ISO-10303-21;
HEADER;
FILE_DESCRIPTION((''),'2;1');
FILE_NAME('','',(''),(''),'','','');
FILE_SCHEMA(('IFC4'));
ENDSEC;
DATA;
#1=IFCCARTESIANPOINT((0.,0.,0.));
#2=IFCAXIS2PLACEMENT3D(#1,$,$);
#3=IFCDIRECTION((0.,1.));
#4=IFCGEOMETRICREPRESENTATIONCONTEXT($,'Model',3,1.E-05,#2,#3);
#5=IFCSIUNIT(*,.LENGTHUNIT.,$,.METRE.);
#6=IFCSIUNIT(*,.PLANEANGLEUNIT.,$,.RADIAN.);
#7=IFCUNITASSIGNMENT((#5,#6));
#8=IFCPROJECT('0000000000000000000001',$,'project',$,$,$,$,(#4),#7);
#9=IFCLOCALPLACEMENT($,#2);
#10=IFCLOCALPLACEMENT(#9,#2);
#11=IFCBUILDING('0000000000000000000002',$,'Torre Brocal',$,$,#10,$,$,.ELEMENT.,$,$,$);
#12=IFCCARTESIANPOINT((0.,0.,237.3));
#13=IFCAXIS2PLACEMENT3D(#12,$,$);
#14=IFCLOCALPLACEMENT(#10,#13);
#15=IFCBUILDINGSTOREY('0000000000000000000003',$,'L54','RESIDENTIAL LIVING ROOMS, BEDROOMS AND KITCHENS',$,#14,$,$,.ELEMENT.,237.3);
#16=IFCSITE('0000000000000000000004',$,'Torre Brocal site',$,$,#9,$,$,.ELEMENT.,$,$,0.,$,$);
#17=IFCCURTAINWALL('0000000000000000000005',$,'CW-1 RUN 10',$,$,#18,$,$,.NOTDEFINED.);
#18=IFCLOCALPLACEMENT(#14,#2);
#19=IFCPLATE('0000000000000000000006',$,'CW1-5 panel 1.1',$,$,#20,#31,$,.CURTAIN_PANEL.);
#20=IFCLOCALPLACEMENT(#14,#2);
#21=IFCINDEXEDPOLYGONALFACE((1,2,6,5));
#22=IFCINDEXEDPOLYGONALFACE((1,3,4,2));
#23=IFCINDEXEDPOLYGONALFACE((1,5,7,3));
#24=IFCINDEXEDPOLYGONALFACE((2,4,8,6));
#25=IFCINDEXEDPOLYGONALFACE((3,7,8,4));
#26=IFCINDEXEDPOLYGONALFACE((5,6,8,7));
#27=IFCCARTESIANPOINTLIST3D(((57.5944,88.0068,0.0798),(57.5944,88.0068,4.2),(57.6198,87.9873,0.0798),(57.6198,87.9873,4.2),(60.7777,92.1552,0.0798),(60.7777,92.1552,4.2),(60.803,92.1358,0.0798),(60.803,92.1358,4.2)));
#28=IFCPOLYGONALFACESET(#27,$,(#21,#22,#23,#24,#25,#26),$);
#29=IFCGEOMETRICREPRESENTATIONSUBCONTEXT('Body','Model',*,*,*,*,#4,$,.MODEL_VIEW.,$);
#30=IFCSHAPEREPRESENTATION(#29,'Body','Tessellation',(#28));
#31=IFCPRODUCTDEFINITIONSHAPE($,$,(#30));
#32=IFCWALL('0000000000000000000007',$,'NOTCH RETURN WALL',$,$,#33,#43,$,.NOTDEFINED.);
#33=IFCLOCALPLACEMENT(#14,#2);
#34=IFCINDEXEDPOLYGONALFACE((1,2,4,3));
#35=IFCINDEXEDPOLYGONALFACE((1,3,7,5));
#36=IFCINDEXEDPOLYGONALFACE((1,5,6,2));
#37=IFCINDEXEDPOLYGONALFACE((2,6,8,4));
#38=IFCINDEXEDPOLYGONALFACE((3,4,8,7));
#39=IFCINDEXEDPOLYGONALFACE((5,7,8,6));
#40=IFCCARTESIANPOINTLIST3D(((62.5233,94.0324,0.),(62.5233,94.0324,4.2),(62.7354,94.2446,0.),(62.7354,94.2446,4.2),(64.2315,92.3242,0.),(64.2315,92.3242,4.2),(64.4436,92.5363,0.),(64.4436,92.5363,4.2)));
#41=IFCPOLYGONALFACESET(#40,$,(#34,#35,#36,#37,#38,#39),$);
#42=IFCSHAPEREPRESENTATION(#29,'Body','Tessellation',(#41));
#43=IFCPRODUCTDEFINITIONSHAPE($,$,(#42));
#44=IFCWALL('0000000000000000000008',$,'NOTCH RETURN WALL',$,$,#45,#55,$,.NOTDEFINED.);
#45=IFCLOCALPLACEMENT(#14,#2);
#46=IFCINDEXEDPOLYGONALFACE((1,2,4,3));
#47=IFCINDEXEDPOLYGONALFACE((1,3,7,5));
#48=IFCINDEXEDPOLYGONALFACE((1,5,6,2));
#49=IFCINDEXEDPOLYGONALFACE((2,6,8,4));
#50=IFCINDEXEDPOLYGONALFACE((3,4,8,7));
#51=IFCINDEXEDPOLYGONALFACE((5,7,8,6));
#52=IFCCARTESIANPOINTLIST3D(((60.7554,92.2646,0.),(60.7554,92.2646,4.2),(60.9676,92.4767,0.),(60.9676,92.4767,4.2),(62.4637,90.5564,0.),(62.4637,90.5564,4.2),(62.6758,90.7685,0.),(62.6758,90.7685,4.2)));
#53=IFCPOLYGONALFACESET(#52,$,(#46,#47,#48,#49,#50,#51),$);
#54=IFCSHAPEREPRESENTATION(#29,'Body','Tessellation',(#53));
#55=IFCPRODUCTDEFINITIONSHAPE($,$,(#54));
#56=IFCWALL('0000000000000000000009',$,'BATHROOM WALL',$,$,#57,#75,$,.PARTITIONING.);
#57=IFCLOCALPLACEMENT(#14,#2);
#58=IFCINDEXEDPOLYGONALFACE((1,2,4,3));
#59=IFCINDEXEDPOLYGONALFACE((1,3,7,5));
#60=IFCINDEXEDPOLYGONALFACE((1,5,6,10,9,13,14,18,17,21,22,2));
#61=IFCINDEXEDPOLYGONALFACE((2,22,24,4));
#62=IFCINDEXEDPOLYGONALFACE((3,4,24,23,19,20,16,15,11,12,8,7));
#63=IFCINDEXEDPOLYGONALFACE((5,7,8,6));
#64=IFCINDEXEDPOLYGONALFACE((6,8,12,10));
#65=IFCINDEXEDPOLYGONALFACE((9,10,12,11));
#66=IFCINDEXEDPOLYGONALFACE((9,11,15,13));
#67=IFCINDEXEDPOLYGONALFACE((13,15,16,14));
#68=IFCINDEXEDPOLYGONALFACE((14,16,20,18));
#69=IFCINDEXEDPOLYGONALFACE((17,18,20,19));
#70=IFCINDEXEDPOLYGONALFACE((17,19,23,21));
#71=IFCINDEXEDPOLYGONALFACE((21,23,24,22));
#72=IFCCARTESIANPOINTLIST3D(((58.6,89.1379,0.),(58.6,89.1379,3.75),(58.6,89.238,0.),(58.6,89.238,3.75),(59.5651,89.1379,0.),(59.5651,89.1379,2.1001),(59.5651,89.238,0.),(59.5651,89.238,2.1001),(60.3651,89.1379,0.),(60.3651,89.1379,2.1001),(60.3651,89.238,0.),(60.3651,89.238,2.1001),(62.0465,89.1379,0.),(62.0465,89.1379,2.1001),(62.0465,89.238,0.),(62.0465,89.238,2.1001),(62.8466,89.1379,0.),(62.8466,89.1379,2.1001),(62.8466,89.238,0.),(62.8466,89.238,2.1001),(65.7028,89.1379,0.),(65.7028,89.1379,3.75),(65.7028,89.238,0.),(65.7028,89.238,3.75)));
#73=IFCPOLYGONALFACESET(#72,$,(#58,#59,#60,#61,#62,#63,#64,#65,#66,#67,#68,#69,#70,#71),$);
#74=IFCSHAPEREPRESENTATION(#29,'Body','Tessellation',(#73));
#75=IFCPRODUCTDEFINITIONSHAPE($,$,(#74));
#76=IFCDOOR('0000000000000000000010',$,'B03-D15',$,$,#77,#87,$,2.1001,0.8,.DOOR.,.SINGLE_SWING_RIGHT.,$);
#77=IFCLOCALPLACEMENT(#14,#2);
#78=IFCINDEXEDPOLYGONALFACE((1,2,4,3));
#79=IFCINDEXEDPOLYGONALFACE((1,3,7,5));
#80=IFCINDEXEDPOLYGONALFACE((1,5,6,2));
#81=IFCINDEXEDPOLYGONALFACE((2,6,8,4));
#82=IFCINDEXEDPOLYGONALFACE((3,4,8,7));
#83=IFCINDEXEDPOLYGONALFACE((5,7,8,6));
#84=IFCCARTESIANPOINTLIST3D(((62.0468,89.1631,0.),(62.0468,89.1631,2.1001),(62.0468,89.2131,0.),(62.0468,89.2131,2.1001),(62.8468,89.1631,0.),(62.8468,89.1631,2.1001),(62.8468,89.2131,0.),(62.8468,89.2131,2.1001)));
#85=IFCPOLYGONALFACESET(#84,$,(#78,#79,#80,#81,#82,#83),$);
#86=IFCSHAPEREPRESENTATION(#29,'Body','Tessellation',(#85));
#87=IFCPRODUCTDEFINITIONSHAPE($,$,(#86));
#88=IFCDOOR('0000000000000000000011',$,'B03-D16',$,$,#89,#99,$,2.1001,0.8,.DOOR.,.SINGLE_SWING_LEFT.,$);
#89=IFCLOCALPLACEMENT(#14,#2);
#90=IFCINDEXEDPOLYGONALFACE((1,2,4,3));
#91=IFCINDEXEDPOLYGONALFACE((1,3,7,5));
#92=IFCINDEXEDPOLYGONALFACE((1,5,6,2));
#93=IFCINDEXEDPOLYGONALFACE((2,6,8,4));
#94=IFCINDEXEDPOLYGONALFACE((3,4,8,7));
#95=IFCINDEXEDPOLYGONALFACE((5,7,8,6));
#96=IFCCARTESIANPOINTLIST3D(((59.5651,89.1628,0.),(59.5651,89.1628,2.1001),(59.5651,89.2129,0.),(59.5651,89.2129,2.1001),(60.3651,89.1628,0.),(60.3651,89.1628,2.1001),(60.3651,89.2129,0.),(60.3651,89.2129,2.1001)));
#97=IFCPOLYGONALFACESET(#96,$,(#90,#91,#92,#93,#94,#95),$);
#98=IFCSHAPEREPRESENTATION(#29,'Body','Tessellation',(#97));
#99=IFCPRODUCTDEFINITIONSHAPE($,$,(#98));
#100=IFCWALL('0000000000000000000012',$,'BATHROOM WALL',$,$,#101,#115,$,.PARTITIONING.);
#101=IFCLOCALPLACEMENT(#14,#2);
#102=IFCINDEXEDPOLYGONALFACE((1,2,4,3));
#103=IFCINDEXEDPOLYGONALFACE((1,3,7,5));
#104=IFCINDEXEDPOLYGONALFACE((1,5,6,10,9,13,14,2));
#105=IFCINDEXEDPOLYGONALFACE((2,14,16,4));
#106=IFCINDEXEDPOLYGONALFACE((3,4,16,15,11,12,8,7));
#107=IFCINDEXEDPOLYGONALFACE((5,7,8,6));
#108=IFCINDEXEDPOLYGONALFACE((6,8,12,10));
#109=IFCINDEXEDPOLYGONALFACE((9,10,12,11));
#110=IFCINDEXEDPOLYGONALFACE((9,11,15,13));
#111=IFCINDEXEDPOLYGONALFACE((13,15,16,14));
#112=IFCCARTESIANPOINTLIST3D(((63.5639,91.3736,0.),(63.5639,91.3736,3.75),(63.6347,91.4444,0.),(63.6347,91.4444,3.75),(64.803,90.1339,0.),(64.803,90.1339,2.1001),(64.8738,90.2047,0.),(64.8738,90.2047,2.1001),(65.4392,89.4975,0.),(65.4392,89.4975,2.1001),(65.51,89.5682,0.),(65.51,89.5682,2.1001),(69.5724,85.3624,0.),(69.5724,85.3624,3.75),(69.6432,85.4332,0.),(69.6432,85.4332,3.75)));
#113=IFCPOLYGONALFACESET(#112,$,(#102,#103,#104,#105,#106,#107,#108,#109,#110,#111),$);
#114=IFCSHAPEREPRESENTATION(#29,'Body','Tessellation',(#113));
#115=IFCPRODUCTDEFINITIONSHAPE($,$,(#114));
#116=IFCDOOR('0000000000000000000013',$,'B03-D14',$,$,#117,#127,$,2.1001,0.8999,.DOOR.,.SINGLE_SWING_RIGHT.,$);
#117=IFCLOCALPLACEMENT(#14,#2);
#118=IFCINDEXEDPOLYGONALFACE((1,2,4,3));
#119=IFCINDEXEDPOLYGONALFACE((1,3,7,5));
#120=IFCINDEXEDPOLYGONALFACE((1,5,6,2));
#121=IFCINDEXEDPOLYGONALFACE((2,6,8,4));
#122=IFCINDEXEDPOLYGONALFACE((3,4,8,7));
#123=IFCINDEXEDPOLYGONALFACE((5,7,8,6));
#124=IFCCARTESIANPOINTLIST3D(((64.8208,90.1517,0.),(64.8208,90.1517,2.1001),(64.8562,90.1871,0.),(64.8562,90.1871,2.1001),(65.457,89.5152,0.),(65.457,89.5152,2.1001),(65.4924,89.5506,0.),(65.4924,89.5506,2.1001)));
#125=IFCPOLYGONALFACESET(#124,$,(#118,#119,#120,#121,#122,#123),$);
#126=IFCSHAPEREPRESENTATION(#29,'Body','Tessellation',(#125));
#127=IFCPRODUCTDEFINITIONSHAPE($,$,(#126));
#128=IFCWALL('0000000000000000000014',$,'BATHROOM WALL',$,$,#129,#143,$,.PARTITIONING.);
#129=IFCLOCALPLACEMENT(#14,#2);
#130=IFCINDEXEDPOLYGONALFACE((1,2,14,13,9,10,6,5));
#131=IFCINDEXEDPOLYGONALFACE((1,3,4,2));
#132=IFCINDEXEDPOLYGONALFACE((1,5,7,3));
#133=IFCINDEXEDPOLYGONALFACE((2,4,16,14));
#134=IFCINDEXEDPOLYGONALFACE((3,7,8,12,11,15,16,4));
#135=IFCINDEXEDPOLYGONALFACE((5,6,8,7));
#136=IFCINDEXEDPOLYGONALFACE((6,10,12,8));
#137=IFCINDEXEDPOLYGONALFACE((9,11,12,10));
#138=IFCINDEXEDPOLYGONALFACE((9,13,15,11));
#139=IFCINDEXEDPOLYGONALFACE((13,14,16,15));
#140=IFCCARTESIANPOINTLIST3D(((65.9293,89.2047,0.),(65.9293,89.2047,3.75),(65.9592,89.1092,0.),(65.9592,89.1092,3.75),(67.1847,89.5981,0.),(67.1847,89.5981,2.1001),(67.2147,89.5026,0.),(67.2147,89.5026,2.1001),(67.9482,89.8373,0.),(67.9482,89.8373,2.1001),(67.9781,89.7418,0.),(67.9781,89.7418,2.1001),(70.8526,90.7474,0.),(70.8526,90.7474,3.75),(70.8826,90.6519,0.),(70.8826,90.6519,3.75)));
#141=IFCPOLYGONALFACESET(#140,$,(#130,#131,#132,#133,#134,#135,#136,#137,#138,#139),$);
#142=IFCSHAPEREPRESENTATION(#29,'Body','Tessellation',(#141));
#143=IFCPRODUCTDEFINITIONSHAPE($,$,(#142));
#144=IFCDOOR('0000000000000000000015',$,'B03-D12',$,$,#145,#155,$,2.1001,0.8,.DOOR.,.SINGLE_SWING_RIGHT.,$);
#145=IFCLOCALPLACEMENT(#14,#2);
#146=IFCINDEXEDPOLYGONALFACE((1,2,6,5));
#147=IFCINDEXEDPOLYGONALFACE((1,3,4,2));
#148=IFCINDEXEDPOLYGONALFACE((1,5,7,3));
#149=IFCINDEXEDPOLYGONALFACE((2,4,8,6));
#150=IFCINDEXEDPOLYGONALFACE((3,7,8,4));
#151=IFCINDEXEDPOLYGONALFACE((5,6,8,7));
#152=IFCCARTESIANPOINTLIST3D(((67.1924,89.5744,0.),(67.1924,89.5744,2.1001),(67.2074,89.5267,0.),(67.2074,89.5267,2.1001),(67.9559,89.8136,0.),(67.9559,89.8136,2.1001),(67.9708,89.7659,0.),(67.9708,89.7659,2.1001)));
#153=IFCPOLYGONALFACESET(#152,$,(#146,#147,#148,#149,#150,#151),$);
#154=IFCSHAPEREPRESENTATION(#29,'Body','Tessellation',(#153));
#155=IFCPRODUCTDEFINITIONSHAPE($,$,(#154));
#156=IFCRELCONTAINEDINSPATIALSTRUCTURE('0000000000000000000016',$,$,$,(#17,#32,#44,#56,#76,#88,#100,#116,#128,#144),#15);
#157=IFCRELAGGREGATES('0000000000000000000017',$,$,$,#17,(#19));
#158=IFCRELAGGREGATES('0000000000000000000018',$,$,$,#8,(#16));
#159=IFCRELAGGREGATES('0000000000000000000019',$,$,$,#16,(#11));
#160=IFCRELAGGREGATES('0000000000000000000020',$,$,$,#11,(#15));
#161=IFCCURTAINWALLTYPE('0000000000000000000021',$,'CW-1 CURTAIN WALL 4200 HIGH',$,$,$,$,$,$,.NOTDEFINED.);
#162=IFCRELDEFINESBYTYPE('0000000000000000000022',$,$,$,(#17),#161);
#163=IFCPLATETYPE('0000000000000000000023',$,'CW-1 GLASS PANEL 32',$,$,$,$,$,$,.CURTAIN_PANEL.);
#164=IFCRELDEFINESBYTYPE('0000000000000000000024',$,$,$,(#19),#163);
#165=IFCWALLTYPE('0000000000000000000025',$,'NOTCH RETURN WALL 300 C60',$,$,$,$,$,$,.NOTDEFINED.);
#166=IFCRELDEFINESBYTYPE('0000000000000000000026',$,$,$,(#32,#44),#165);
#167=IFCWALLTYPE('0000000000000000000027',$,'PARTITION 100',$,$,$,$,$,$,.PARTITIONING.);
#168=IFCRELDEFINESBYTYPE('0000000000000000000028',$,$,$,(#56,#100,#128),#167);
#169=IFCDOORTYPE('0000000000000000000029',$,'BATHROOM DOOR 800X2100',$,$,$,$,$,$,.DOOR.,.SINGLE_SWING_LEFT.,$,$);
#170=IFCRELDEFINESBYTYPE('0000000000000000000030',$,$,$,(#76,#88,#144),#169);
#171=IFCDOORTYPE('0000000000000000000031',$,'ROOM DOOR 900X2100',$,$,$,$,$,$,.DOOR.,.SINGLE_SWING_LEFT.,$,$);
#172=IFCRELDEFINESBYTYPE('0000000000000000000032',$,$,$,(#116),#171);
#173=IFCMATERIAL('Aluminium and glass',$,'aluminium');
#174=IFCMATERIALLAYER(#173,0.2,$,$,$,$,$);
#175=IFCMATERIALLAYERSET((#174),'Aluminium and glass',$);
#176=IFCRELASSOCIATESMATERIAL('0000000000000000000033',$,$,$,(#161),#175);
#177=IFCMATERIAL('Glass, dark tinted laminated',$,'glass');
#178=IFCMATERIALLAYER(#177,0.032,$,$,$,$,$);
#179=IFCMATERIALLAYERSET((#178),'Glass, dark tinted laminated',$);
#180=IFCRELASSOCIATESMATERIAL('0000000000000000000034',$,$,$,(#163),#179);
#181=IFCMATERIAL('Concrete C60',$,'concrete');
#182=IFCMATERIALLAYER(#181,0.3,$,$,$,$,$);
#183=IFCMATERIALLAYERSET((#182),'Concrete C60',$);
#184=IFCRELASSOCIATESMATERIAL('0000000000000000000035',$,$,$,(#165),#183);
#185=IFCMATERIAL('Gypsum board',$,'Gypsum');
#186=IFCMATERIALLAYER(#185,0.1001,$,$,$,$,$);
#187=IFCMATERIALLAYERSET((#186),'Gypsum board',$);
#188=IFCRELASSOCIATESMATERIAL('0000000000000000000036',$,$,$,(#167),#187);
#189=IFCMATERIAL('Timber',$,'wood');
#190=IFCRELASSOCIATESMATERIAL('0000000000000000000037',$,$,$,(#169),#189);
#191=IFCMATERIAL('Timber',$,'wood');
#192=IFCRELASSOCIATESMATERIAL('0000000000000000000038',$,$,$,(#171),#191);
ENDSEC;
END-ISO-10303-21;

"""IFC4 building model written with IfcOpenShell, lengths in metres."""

from ifc_helpers import new_model, si_unit, direction, frame, frame_2d, origin, origin_2d, place, context, subcontext, project, spatial, rectangle, extrude, material, layer, layer_set, type_object, element, fill, aggregate, save


model = new_model("IFC4")

# Units and contexts
model_context = context("Model", 3, precision=1e-05, world=origin(), true_north=direction((0.0, 1.0)))
body_context = subcontext(model_context, "Body", "Model", "MODEL_VIEW")
ifc_project = project(units=[si_unit("LENGTHUNIT", "METRE"), si_unit("PLANEANGLEUNIT", "RADIAN")], contexts=[model_context])

# Site, building, storey
site_placement = place(None, origin())
site = spatial("IfcSite", under=ifc_project, at=site_placement, Name="Torre Brocal site", CompositionType="ELEMENT", RefElevation=0.0)
building_placement = place(site_placement, origin())
building = spatial("IfcBuilding", under=site, at=building_placement, Name="Torre Brocal", CompositionType="ELEMENT")
storey_placement = place(building_placement, frame((0.0, 0.0, 237.3)))
storey = spatial("IfcBuildingStorey", under=building, at=storey_placement, Name="L54", Description="RESIDENTIAL LIVING ROOMS, BEDROOMS AND KITCHENS", CompositionType="ELEMENT", Elevation=237.3)

# Shared definitions
ifc_material_1 = material(Name="Aluminium and glass", Category="aluminium")
ifc_layer_1 = layer(ifc_material_1, 0.2)
ifc_layer_set_1 = layer_set([ifc_layer_1], Name="Aluminium and glass")
curtain_wall_type = type_object("IfcCurtainWallType", Name="CW-1 CURTAIN WALL 4200 HIGH", PredefinedType="NOTDEFINED", material=ifc_layer_set_1)

# Curtain wall
curtain_wall_1_placement = place(storey_placement, origin())
curtain_wall_1 = element("IfcCurtainWall", 1, at=curtain_wall_1_placement, inside=storey, type_object=curtain_wall_type, Name="CW-1 RUN 10", PredefinedType="NOTDEFINED")

# Plate
ifc_material_2 = material(Name="Glass, dark tinted laminated", Category="glass")
ifc_layer_2 = layer(ifc_material_2, 0.032)
ifc_layer_set_2 = layer_set([ifc_layer_2], Name="Glass, dark tinted laminated")
plate_type = type_object("IfcPlateType", Name="CW-1 GLASS PANEL 32", PredefinedType="CURTAIN_PANEL", material=ifc_layer_set_2)
plate_1_placement = place(storey_placement, frame((59.1987, 90.0713, 0.0798), z_axis=(0.0, 0.0, 1.0), x_axis=(-0.608761, -0.793353, 0.0)))
plate_1 = element("IfcPlate", 2, at=plate_1_placement, type_object=plate_type, Name="CW1-5 panel 1.1", PredefinedType="CURTAIN_PANEL", context=body_context, shape_type="SweptSolid", body=[
    extrude(rectangle(XDim=5.229, YDim=0.032, at=origin_2d()), origin(), (0.0, 0.0, 1.0), 4.1201),
])
aggregate(curtain_wall_1, [plate_1])

# Walls
ifc_material_3 = material(Name="Concrete C60", Category="concrete")
ifc_layer_3 = layer(ifc_material_3, 0.3)
ifc_layer_set_3 = layer_set([ifc_layer_3], Name="Concrete C60")
wall_type_1 = type_object("IfcWallType", Name="NOTCH RETURN WALL 300 C60", PredefinedType="NOTDEFINED", material=ifc_layer_set_3)
for number, where, z_axis, x_axis, name in (
    (3, (64.3376, 92.4302, 0.0), (0.0, 0.0, 1.0), (-0.707107, 0.707107, 0.0), "NOTCH RETURN WALL"),
    (4, (62.5698, 90.6624, 0.0), (0.0, 0.0, 1.0), (-0.707107, 0.707107, 0.0), "NOTCH RETURN WALL"),
):
    element("IfcWall", number, at=place(storey_placement, frame(where, z_axis=z_axis, x_axis=x_axis)), inside=storey, type_object=wall_type_1, Name=name, PredefinedType="NOTDEFINED", context=body_context, shape_type="SweptSolid", body=[
        extrude(rectangle(XDim=2.4158, YDim=0.3, at=frame_2d((1.208, 0.0))), origin(), (0.0, 0.0, 1.0), 4.2),
    ])

# Wall, openings, doors
ifc_material_4 = material(Name="Gypsum board", Category="Gypsum")
ifc_layer_4 = layer(ifc_material_4, 0.1001)
ifc_layer_set_4 = layer_set([ifc_layer_4], Name="Gypsum board")
wall_type_2 = type_object("IfcWallType", Name="PARTITION 100", PredefinedType="PARTITIONING", material=ifc_layer_set_4)
wall_1_placement = place(storey_placement, frame((58.6001, 89.188, 0.0), z_axis=(0.0, 0.0, 1.0), x_axis=(1.0, 0.0, 0.0)))
wall_1 = element("IfcWall", 5, at=wall_1_placement, inside=storey, type_object=wall_type_2, Name="BATHROOM WALL", PredefinedType="PARTITIONING", context=body_context, shape_type="SweptSolid", body=[
    extrude(rectangle(XDim=7.1028, YDim=0.1001, at=frame_2d((3.5513, 0.0))), origin(), (0.0, 0.0, 1.0), 3.75),
])
opening_1_placement = place(wall_1_placement, frame((3.4465, 0.0, 0.0)))
opening_1 = element("IfcOpeningElement", 6, at=opening_1_placement, cuts=wall_1, PredefinedType="OPENING", context=body_context, shape_type="SweptSolid", body=[
    extrude(rectangle(XDim=0.8, YDim=2.1001, at=frame_2d((0.3999, 1.05))), frame((0.0, 0.0601, 0.0), z_axis=(0.0, -1.0, 0.0), x_axis=(1.0, 0.0, 0.0)), (0.0, 0.0, 1.0), 0.1201),
])
opening_2_placement = place(wall_1_placement, frame((0.9651, 0.0, 0.0)))
opening_2 = element("IfcOpeningElement", 7, at=opening_2_placement, cuts=wall_1, PredefinedType="OPENING", context=body_context, shape_type="SweptSolid", body=[
    extrude(rectangle(XDim=0.8, YDim=2.1001, at=frame_2d((0.3999, 1.05))), frame((0.0, 0.0601, 0.0), z_axis=(0.0, -1.0, 0.0), x_axis=(1.0, 0.0, 0.0)), (0.0, 0.0, 1.0), 0.1201),
])
ifc_material_5 = material(Name="Timber", Category="wood")
door_type_1 = type_object("IfcDoorType", Name="BATHROOM DOOR 800X2100", OperationType="SINGLE_SWING_LEFT", PredefinedType="DOOR", material=ifc_material_5)
door_1_placement = place(opening_1_placement, frame((0.8, 0.0, 0.0), z_axis=(0.0, 0.0, 1.0), x_axis=(-1.0, 0.0, 0.0)))
door_1 = element("IfcDoor", 8, at=door_1_placement, inside=storey, type_object=door_type_1, Name="B03-D15", OperationType="SINGLE_SWING_RIGHT", OverallHeight=2.1001, OverallWidth=0.8, PredefinedType="DOOR", context=body_context, shape_type="SweptSolid", body=[
    extrude(rectangle(XDim=0.8, YDim=2.1001, at=frame_2d((0.3999, 1.05))), frame((0.0, 0.0249, 0.0), z_axis=(0.0, -1.0, 0.0), x_axis=(1.0, 0.0, 0.0)), (0.0, 0.0, 1.0), 0.05),
])
fill(opening_1, door_1)
door_2_placement = place(opening_2_placement, origin())
door_2 = element("IfcDoor", 9, at=door_2_placement, inside=storey, type_object=door_type_1, Name="B03-D16", OperationType="SINGLE_SWING_LEFT", OverallHeight=2.1001, OverallWidth=0.8, PredefinedType="DOOR", context=body_context, shape_type="SweptSolid", body=[
    extrude(rectangle(XDim=0.8, YDim=2.1001, at=frame_2d((0.3999, 1.05))), frame((0.0, 0.0249, 0.0), z_axis=(0.0, -1.0, 0.0), x_axis=(1.0, 0.0, 0.0)), (0.0, 0.0, 1.0), 0.05),
])
fill(opening_2, door_2)

# Walls, openings, doors
wall_2_placement = place(storey_placement, frame((63.5994, 91.4089, 0.0), z_axis=(0.0, 0.0, 1.0), x_axis=(0.706949, -0.707265, 0.0)))
wall_2 = element("IfcWall", 10, at=wall_2_placement, inside=storey, type_object=wall_type_2, Name="BATHROOM WALL", PredefinedType="PARTITIONING", context=body_context, shape_type="SweptSolid", body=[
    extrude(rectangle(XDim=8.4993, YDim=0.1001, at=frame_2d((4.2495, 0.0))), origin(), (0.0, 0.0, 1.0), 3.75),
])
opening_3_placement = place(wall_2_placement, frame((1.7527, 0.0, 0.0)))
opening_3 = element("IfcOpeningElement", 11, at=opening_3_placement, cuts=wall_2, PredefinedType="OPENING", context=body_context, shape_type="SweptSolid", body=[
    extrude(rectangle(XDim=0.8999, YDim=2.1001, at=frame_2d((0.45, 1.05))), frame((0.0, 0.0601, 0.0), z_axis=(0.0, -1.0, 0.0), x_axis=(1.0, 0.0, 0.0)), (0.0, 0.0, 1.0), 0.1201),
])
ifc_material_6 = material(Name="Timber", Category="wood")
door_type_2 = type_object("IfcDoorType", Name="ROOM DOOR 900X2100", OperationType="SINGLE_SWING_LEFT", PredefinedType="DOOR", material=ifc_material_6)
door_3_placement = place(opening_3_placement, frame((0.8999, 0.0, 0.0), z_axis=(0.0, 0.0, 1.0), x_axis=(-1.0, 0.0, 0.0)))
door_3 = element("IfcDoor", 12, at=door_3_placement, inside=storey, type_object=door_type_2, Name="B03-D14", OperationType="SINGLE_SWING_RIGHT", OverallHeight=2.1001, OverallWidth=0.8999, PredefinedType="DOOR", context=body_context, shape_type="SweptSolid", body=[
    extrude(rectangle(XDim=0.8999, YDim=2.1001, at=frame_2d((0.45, 1.05))), frame((0.0, 0.0249, 0.0), z_axis=(0.0, -1.0, 0.0), x_axis=(1.0, 0.0, 0.0)), (0.0, 0.0, 1.0), 0.05),
])
fill(opening_3, door_3)
wall_3_placement = place(storey_placement, frame((65.9443, 89.157, 0.0), z_axis=(0.0, 0.0, 1.0), x_axis=(0.954249, 0.299013, 0.0)))
wall_3 = element("IfcWall", 13, at=wall_3_placement, inside=storey, type_object=wall_type_2, Name="BATHROOM WALL", PredefinedType="PARTITIONING", context=body_context, shape_type="SweptSolid", body=[
    extrude(rectangle(XDim=5.1594, YDim=0.1001, at=frame_2d((2.5796, 0.0))), origin(), (0.0, 0.0, 1.0), 3.75),
])
opening_4_placement = place(wall_3_placement, frame((1.3157, 0.0, 0.0)))
opening_4 = element("IfcOpeningElement", 14, at=opening_4_placement, cuts=wall_3, PredefinedType="OPENING", context=body_context, shape_type="SweptSolid", body=[
    extrude(rectangle(XDim=0.8, YDim=2.1001, at=frame_2d((0.3999, 1.05))), frame((0.0, 0.0601, 0.0), z_axis=(0.0, -1.0, 0.0), x_axis=(1.0, 0.0, 0.0)), (0.0, 0.0, 1.0), 0.1201),
])
door_4_placement = place(opening_4_placement, frame((0.8, 0.0, 0.0), z_axis=(0.0, 0.0, 1.0), x_axis=(-1.0, 0.0, 0.0)))
door_4 = element("IfcDoor", 15, at=door_4_placement, inside=storey, type_object=door_type_1, Name="B03-D12", OperationType="SINGLE_SWING_RIGHT", OverallHeight=2.1001, OverallWidth=0.8, PredefinedType="DOOR", context=body_context, shape_type="SweptSolid", body=[
    extrude(rectangle(XDim=0.8, YDim=2.1001, at=frame_2d((0.3999, 1.05))), frame((0.0, 0.0249, 0.0), z_axis=(0.0, -1.0, 0.0), x_axis=(1.0, 0.0, 0.0)), (0.0, 0.0, 1.0), 0.05),
])
fill(opening_4, door_4)

save(model, "model.ifc")
